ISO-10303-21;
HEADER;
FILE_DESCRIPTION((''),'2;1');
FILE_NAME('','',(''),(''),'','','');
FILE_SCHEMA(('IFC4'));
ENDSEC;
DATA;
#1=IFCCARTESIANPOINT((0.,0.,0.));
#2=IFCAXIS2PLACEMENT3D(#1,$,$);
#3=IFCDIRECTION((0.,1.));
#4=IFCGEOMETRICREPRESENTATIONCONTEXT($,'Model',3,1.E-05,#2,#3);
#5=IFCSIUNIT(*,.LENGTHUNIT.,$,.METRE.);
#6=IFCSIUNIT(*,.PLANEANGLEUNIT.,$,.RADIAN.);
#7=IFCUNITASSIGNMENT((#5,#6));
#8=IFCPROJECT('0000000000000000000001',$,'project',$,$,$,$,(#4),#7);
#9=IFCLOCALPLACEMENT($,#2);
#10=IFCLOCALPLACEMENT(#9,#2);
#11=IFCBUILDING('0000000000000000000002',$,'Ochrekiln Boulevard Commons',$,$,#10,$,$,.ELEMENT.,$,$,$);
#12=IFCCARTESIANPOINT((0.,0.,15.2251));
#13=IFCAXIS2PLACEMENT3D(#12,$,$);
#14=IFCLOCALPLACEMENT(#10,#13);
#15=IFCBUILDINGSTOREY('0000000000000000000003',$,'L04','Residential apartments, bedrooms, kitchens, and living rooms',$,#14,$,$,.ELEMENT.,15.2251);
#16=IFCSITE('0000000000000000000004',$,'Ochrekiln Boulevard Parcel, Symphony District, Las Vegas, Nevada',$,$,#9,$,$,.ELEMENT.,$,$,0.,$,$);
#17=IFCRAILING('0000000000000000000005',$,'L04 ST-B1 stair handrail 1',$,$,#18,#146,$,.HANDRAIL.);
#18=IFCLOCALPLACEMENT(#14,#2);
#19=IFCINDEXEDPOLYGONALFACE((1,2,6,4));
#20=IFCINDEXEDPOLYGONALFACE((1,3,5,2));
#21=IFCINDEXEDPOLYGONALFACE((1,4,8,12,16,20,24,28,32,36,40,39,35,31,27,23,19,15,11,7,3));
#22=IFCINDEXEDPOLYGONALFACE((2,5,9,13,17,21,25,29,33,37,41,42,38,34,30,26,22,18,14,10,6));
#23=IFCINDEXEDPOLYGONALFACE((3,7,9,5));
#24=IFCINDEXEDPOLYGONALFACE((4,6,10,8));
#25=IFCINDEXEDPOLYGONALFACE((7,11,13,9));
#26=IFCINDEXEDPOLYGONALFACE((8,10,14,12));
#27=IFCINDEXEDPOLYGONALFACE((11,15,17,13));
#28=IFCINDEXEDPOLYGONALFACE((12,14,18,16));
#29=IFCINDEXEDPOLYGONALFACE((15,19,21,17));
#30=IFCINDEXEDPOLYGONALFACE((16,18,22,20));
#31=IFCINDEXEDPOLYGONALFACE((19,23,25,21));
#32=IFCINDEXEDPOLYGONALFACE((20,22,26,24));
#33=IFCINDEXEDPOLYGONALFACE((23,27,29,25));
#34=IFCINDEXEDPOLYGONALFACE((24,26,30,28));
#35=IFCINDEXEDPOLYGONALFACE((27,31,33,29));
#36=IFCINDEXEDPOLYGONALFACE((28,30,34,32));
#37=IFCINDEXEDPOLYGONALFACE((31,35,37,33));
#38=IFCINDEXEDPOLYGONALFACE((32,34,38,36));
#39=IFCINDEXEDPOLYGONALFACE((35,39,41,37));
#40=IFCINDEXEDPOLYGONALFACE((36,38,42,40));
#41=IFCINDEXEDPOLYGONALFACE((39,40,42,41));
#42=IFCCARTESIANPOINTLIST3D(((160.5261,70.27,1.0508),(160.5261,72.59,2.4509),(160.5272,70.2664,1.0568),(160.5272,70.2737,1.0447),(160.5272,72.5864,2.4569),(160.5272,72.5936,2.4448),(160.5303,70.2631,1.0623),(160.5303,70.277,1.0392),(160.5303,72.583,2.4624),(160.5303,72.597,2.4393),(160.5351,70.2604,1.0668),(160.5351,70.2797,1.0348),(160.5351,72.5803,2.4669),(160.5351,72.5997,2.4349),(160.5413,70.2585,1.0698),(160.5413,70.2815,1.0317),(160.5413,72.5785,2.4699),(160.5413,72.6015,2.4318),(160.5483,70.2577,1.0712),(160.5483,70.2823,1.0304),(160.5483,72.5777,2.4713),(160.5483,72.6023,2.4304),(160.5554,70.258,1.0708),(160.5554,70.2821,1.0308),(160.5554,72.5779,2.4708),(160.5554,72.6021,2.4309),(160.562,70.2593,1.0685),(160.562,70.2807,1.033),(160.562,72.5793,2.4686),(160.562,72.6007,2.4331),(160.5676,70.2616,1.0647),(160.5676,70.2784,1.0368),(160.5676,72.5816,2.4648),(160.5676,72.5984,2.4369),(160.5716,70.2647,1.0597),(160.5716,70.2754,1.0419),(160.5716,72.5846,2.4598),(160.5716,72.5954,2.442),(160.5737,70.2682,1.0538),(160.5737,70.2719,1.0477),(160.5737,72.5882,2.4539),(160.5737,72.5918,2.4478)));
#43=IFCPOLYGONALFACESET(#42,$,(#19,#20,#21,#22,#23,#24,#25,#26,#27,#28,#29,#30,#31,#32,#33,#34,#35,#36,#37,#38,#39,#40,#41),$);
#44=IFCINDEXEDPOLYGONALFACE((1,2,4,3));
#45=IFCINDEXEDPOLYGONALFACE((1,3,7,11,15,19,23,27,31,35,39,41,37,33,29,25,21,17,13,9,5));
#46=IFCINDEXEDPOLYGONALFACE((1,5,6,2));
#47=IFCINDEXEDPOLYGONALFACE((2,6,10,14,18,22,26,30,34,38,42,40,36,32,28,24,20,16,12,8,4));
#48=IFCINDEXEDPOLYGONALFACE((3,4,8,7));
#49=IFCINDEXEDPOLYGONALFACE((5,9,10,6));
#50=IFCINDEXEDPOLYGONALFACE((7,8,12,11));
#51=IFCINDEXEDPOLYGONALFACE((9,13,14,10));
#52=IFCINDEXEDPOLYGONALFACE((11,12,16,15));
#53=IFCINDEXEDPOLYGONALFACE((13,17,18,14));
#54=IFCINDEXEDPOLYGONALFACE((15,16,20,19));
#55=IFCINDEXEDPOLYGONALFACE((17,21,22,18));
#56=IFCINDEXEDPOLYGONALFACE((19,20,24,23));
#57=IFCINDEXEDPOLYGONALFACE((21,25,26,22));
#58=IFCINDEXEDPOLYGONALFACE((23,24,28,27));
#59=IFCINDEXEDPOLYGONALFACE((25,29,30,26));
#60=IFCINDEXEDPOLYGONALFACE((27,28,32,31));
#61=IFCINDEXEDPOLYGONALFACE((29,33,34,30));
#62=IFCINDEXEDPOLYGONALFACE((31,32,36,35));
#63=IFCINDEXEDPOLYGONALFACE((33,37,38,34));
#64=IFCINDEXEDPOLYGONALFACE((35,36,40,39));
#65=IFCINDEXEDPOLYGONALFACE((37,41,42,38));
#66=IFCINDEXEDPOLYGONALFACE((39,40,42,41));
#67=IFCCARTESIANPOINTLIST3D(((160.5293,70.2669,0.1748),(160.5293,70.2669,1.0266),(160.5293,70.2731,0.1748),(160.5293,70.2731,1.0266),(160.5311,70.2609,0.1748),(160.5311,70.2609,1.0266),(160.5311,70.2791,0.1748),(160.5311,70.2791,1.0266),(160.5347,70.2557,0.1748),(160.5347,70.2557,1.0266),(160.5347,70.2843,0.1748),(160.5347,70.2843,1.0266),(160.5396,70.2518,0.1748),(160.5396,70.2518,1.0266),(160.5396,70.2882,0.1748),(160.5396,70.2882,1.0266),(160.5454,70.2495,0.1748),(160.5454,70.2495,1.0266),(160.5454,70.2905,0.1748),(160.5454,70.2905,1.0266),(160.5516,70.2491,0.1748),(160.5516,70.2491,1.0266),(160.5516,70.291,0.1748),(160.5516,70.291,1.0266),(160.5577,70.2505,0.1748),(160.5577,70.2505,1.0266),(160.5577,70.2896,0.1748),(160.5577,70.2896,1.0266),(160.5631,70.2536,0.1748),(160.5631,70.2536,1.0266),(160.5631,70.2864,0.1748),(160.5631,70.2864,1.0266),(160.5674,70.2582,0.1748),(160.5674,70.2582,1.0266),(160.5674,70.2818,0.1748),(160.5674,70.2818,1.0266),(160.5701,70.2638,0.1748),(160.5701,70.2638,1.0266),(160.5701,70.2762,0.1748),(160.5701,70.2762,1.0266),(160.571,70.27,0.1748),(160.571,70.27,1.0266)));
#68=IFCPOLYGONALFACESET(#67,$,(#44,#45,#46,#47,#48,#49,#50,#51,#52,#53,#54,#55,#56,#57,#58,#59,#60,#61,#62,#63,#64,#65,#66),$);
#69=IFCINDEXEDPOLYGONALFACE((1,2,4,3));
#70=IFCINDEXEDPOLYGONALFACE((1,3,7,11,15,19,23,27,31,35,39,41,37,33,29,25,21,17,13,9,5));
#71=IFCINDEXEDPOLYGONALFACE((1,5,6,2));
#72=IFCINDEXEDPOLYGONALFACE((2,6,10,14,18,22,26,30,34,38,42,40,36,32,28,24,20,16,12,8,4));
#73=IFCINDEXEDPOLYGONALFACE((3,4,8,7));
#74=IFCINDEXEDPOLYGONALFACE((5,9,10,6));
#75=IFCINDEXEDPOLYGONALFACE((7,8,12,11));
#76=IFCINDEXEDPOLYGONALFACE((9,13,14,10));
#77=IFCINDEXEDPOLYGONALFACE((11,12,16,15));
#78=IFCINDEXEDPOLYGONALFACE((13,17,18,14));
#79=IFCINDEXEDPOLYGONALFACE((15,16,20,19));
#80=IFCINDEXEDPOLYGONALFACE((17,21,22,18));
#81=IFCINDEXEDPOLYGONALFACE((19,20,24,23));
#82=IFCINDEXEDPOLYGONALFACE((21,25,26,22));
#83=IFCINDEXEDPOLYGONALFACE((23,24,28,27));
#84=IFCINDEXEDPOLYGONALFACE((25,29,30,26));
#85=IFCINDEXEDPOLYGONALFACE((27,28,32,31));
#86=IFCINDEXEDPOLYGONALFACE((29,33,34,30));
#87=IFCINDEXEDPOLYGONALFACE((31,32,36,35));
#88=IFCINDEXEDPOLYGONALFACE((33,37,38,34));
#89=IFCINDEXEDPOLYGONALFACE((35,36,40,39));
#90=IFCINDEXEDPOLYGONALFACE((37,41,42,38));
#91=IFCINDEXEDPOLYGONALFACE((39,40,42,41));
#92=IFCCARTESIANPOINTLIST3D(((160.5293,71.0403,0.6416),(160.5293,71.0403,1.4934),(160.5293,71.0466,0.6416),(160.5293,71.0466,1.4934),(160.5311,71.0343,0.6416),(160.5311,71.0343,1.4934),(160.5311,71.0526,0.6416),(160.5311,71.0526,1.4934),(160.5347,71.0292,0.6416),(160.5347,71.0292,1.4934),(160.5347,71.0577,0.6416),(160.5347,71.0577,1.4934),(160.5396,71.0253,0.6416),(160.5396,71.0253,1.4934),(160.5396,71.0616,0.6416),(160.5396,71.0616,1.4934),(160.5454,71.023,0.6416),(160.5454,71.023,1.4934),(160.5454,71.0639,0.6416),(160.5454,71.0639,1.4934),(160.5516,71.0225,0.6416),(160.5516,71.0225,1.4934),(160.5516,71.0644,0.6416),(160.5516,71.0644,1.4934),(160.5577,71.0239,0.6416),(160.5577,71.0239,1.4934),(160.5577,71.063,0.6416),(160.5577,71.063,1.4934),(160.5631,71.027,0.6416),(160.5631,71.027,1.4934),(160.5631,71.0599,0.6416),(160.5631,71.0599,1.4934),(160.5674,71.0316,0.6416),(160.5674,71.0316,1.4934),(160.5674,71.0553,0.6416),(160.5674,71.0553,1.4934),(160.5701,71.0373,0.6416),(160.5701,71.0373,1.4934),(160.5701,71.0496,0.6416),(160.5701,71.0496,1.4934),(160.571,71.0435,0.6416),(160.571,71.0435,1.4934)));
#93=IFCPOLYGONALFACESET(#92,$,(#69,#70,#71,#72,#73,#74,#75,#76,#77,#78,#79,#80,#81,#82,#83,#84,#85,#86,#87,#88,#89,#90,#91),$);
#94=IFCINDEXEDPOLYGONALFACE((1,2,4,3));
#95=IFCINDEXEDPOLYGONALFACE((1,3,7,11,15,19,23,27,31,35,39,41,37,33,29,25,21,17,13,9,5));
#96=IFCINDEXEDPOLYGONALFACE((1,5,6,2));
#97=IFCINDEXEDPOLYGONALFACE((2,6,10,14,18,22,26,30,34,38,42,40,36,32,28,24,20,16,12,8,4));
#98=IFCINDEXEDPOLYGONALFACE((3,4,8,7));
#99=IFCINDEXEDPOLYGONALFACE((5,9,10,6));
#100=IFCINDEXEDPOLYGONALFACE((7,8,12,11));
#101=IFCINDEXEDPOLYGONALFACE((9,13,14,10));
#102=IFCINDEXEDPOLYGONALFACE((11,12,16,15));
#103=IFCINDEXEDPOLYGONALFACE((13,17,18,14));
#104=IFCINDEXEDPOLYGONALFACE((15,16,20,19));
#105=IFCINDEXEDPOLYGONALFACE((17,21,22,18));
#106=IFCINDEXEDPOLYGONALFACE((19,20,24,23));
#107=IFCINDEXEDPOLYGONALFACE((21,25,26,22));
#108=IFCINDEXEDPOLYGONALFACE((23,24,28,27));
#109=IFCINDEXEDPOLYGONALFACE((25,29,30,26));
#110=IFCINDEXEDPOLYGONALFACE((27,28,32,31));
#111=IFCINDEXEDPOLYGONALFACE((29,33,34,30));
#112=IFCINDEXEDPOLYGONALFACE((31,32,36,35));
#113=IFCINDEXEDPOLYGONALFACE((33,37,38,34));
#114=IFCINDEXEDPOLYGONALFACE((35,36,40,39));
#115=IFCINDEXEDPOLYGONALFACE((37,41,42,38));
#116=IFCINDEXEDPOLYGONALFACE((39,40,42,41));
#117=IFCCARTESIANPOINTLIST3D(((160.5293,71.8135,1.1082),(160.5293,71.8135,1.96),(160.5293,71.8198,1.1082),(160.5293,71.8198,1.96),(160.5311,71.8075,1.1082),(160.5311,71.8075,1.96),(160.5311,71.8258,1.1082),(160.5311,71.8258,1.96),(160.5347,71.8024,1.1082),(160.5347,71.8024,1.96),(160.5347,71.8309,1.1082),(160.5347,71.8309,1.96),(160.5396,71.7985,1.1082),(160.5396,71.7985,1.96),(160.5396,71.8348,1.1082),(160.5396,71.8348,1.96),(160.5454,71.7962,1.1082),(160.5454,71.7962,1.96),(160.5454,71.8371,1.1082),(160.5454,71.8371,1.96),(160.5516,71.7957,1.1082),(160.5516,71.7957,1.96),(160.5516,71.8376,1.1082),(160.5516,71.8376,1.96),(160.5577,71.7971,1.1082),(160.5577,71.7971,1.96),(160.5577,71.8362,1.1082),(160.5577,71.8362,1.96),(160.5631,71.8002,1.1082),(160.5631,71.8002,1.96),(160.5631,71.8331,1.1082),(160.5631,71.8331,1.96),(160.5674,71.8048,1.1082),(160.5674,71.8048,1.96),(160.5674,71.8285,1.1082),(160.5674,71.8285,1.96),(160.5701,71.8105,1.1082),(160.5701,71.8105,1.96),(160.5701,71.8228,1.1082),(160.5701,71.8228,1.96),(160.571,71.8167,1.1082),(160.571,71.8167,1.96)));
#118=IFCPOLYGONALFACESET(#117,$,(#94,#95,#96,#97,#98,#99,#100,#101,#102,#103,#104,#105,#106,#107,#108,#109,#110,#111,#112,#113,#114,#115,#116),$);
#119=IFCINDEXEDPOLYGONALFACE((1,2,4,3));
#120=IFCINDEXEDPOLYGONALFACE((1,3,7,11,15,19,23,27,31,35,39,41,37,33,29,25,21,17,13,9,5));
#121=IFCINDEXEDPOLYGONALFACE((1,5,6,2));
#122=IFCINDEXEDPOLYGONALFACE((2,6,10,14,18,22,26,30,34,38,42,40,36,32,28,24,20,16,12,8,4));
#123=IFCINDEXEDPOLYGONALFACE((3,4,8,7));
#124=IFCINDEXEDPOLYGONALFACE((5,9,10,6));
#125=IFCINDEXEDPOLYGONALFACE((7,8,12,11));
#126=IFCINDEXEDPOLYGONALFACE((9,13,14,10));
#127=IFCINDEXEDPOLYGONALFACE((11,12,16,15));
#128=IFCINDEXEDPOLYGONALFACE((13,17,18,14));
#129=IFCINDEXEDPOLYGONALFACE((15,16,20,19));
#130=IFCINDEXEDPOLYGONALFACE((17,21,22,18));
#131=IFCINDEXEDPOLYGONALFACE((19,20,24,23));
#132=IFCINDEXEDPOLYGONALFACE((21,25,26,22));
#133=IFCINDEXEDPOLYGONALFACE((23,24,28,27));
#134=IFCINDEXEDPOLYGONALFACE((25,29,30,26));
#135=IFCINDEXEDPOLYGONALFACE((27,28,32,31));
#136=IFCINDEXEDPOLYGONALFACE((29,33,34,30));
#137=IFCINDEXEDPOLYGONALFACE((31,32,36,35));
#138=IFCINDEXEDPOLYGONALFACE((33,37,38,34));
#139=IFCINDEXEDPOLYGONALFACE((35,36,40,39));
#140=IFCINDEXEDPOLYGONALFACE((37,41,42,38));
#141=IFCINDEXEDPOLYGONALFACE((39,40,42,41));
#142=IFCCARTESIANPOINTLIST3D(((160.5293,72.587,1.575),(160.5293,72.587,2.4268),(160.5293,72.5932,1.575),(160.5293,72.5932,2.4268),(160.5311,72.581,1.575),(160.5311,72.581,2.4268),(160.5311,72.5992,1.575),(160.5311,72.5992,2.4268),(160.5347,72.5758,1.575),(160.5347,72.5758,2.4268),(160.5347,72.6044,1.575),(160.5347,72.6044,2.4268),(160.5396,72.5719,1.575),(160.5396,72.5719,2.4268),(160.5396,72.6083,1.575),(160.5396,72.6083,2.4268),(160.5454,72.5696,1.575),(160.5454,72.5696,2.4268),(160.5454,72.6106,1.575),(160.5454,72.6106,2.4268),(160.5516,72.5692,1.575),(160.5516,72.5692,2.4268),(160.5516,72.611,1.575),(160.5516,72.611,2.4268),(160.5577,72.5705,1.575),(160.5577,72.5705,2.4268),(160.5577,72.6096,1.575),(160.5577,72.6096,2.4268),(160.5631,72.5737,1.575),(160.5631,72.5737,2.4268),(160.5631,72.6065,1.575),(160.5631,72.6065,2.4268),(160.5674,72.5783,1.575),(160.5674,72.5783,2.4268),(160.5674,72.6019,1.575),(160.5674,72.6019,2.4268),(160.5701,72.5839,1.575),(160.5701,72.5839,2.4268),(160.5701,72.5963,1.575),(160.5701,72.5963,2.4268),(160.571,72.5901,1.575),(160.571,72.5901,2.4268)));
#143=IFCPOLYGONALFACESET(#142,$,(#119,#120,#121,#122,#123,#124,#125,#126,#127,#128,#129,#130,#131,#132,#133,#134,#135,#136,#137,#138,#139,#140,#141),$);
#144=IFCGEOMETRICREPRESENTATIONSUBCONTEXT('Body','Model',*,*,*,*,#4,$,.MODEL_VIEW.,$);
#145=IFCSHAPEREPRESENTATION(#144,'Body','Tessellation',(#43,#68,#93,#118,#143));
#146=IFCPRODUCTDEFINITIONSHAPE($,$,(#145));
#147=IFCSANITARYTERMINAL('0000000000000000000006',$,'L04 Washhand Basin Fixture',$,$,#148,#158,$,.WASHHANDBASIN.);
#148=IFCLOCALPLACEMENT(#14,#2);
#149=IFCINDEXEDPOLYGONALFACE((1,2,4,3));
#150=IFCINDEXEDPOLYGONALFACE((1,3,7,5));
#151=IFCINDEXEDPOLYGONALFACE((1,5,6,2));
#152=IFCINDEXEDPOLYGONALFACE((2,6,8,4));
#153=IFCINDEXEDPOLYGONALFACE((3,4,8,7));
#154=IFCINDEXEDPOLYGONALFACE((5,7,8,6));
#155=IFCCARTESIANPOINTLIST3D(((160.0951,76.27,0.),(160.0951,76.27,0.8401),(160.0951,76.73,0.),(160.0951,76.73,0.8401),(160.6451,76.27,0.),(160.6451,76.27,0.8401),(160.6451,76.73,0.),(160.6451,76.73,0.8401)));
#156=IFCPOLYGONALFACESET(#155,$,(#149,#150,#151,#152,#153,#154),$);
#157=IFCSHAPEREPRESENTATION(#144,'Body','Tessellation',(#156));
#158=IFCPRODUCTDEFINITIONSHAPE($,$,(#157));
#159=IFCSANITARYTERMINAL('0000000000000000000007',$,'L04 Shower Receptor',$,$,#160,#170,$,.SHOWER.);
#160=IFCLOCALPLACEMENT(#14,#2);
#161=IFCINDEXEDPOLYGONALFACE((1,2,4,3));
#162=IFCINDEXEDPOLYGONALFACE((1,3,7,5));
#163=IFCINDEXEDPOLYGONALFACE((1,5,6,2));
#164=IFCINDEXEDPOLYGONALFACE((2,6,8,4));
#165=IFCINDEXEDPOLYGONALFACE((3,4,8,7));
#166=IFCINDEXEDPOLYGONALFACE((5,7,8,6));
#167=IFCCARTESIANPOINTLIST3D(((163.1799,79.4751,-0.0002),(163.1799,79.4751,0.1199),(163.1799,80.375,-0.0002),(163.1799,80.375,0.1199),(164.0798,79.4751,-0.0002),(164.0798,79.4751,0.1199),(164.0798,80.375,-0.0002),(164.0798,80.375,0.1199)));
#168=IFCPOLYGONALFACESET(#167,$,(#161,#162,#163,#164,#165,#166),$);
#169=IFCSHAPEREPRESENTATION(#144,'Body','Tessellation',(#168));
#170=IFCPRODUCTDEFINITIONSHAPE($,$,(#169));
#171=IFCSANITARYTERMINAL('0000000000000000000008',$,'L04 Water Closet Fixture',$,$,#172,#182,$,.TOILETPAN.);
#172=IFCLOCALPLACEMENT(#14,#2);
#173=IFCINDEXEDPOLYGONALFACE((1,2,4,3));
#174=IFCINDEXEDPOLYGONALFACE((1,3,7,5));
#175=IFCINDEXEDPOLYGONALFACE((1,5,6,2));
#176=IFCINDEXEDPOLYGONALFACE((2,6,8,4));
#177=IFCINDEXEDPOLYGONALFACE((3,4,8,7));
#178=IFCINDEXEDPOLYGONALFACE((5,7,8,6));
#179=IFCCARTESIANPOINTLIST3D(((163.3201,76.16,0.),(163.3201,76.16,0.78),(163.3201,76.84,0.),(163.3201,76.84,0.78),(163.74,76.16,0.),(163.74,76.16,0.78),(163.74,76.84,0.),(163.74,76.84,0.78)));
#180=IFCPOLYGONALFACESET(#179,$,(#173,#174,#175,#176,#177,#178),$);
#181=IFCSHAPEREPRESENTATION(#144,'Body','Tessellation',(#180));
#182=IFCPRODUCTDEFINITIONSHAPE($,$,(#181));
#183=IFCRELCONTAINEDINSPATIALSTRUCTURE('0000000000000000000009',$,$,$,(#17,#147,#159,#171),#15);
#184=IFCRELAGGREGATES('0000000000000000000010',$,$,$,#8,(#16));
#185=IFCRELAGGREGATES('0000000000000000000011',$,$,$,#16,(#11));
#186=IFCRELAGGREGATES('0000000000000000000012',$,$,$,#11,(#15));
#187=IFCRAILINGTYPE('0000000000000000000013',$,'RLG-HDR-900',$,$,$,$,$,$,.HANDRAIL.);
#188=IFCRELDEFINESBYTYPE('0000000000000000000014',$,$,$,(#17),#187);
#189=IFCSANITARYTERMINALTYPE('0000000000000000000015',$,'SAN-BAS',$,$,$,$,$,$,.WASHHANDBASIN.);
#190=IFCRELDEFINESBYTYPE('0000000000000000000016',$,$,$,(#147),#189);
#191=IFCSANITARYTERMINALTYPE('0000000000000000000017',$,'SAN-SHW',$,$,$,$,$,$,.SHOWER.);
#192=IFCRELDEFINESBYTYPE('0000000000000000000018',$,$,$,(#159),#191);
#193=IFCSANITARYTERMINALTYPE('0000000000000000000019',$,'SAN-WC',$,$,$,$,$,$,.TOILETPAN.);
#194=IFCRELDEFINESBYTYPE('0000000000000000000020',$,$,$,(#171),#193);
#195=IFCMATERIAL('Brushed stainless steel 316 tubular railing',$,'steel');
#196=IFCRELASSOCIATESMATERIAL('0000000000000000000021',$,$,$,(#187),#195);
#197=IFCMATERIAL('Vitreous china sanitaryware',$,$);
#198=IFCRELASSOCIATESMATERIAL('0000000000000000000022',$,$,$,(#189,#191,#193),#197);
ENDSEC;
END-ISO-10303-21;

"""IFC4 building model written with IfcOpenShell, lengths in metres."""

from ifc_helpers import new_model, si_unit, direction, frame, origin, origin_2d, place, context, subcontext, project, spatial, rectangle, circle, extrude, material, type_object, element, save


model = new_model("IFC4")

# Units and contexts
model_context = context("Model", 3, precision=1e-05, world=origin(), true_north=direction((0.0, 1.0)))
body_context = subcontext(model_context, "Body", "Model", "MODEL_VIEW")
ifc_project = project(units=[si_unit("LENGTHUNIT", "METRE"), si_unit("PLANEANGLEUNIT", "RADIAN")], contexts=[model_context])

# Site, building, storey
site_placement = place(None, origin())
site = spatial("IfcSite", under=ifc_project, at=site_placement, Name="Ochrekiln Boulevard Parcel, Symphony District, Las Vegas, Nevada", CompositionType="ELEMENT", RefElevation=0.0)
building_placement = place(site_placement, origin())
building = spatial("IfcBuilding", under=site, at=building_placement, Name="Ochrekiln Boulevard Commons", CompositionType="ELEMENT")
storey_placement = place(building_placement, frame((0.0, 0.0, 15.2251)))
storey = spatial("IfcBuildingStorey", under=building, at=storey_placement, Name="L04", Description="Residential apartments, bedrooms, kitchens, and living rooms", CompositionType="ELEMENT", Elevation=15.2251)

# Railing
ifc_material_1 = material(Name="Brushed stainless steel 316 tubular railing", Category="steel")
railing_type = type_object("IfcRailingType", Name="RLG-HDR-900", PredefinedType="HANDRAIL", material=ifc_material_1)
railing_placement = place(storey_placement, frame((160.55, 70.27, 0.1748)))
element("IfcRailing", 1, at=railing_placement, inside=storey, type_object=railing_type, Name="L04 ST-B1 stair handrail 1", PredefinedType="HANDRAIL", context=body_context, shape_type="SweptSolid", body=[
    extrude(circle(Radius=0.0239, at=origin_2d()), frame((0.0, 0.0, 0.876), z_axis=(0.0, 0.85617, 0.516693), x_axis=(-1.0, 0.0, 0.0)), (0.0, 0.0, 1.0), 2.7097),
    extrude(circle(Radius=0.021, at=origin_2d()), origin(), (0.0, 0.0, 1.0), 0.8518),
    extrude(circle(Radius=0.021, at=origin_2d()), frame((0.0, 0.7734, 0.4668)), (0.0, 0.0, 1.0), 0.8518),
    extrude(circle(Radius=0.021, at=origin_2d()), frame((0.0, 1.5466, 0.9333)), (0.0, 0.0, 1.0), 0.8518),
    extrude(circle(Radius=0.021, at=origin_2d()), frame((0.0, 2.3201, 1.4001)), (0.0, 0.0, 1.0), 0.8518),
])

# Sanitary terminals
ifc_material_2 = material(Name="Vitreous china sanitaryware")
sanitary_terminal_type_1 = type_object("IfcSanitaryTerminalType", Name="SAN-BAS", PredefinedType="WASHHANDBASIN", material=ifc_material_2)
sanitary_terminal_1_placement = place(storey_placement, frame((160.3701, 76.5, 0.0), z_axis=(0.0, 0.0, 1.0), x_axis=(1.0, 0.0, 0.0)))
element("IfcSanitaryTerminal", 2, at=sanitary_terminal_1_placement, inside=storey, type_object=sanitary_terminal_type_1, Name="L04 Washhand Basin Fixture", PredefinedType="WASHHANDBASIN", context=body_context, shape_type="SweptSolid", body=[
    extrude(rectangle(XDim=0.55, YDim=0.46, at=origin_2d()), origin(), (0.0, 0.0, 1.0), 0.8401),
])
sanitary_terminal_type_2 = type_object("IfcSanitaryTerminalType", Name="SAN-SHW", PredefinedType="SHOWER", material=ifc_material_2)
sanitary_terminal_2_placement = place(storey_placement, frame((163.6299, 79.925, -0.0002), z_axis=(0.0, 0.0, 1.0), x_axis=(1.0, 0.0, 0.0)))
element("IfcSanitaryTerminal", 3, at=sanitary_terminal_2_placement, inside=storey, type_object=sanitary_terminal_type_2, Name="L04 Shower Receptor", PredefinedType="SHOWER", context=body_context, shape_type="SweptSolid", body=[
    extrude(rectangle(XDim=0.8999, YDim=0.8999, at=origin_2d()), origin(), (0.0, 0.0, 1.0), 0.1201),
])
sanitary_terminal_type_3 = type_object("IfcSanitaryTerminalType", Name="SAN-WC", PredefinedType="TOILETPAN", material=ifc_material_2)
sanitary_terminal_3_placement = place(storey_placement, frame((163.53, 76.5, 0.0), z_axis=(0.0, 0.0, 1.0), x_axis=(1.0, 0.0, 0.0)))
element("IfcSanitaryTerminal", 4, at=sanitary_terminal_3_placement, inside=storey, type_object=sanitary_terminal_type_3, Name="L04 Water Closet Fixture", PredefinedType="TOILETPAN", context=body_context, shape_type="SweptSolid", body=[
    extrude(rectangle(XDim=0.4199, YDim=0.6799, at=origin_2d()), origin(), (0.0, 0.0, 1.0), 0.78),
])

save(model, "model.ifc")
